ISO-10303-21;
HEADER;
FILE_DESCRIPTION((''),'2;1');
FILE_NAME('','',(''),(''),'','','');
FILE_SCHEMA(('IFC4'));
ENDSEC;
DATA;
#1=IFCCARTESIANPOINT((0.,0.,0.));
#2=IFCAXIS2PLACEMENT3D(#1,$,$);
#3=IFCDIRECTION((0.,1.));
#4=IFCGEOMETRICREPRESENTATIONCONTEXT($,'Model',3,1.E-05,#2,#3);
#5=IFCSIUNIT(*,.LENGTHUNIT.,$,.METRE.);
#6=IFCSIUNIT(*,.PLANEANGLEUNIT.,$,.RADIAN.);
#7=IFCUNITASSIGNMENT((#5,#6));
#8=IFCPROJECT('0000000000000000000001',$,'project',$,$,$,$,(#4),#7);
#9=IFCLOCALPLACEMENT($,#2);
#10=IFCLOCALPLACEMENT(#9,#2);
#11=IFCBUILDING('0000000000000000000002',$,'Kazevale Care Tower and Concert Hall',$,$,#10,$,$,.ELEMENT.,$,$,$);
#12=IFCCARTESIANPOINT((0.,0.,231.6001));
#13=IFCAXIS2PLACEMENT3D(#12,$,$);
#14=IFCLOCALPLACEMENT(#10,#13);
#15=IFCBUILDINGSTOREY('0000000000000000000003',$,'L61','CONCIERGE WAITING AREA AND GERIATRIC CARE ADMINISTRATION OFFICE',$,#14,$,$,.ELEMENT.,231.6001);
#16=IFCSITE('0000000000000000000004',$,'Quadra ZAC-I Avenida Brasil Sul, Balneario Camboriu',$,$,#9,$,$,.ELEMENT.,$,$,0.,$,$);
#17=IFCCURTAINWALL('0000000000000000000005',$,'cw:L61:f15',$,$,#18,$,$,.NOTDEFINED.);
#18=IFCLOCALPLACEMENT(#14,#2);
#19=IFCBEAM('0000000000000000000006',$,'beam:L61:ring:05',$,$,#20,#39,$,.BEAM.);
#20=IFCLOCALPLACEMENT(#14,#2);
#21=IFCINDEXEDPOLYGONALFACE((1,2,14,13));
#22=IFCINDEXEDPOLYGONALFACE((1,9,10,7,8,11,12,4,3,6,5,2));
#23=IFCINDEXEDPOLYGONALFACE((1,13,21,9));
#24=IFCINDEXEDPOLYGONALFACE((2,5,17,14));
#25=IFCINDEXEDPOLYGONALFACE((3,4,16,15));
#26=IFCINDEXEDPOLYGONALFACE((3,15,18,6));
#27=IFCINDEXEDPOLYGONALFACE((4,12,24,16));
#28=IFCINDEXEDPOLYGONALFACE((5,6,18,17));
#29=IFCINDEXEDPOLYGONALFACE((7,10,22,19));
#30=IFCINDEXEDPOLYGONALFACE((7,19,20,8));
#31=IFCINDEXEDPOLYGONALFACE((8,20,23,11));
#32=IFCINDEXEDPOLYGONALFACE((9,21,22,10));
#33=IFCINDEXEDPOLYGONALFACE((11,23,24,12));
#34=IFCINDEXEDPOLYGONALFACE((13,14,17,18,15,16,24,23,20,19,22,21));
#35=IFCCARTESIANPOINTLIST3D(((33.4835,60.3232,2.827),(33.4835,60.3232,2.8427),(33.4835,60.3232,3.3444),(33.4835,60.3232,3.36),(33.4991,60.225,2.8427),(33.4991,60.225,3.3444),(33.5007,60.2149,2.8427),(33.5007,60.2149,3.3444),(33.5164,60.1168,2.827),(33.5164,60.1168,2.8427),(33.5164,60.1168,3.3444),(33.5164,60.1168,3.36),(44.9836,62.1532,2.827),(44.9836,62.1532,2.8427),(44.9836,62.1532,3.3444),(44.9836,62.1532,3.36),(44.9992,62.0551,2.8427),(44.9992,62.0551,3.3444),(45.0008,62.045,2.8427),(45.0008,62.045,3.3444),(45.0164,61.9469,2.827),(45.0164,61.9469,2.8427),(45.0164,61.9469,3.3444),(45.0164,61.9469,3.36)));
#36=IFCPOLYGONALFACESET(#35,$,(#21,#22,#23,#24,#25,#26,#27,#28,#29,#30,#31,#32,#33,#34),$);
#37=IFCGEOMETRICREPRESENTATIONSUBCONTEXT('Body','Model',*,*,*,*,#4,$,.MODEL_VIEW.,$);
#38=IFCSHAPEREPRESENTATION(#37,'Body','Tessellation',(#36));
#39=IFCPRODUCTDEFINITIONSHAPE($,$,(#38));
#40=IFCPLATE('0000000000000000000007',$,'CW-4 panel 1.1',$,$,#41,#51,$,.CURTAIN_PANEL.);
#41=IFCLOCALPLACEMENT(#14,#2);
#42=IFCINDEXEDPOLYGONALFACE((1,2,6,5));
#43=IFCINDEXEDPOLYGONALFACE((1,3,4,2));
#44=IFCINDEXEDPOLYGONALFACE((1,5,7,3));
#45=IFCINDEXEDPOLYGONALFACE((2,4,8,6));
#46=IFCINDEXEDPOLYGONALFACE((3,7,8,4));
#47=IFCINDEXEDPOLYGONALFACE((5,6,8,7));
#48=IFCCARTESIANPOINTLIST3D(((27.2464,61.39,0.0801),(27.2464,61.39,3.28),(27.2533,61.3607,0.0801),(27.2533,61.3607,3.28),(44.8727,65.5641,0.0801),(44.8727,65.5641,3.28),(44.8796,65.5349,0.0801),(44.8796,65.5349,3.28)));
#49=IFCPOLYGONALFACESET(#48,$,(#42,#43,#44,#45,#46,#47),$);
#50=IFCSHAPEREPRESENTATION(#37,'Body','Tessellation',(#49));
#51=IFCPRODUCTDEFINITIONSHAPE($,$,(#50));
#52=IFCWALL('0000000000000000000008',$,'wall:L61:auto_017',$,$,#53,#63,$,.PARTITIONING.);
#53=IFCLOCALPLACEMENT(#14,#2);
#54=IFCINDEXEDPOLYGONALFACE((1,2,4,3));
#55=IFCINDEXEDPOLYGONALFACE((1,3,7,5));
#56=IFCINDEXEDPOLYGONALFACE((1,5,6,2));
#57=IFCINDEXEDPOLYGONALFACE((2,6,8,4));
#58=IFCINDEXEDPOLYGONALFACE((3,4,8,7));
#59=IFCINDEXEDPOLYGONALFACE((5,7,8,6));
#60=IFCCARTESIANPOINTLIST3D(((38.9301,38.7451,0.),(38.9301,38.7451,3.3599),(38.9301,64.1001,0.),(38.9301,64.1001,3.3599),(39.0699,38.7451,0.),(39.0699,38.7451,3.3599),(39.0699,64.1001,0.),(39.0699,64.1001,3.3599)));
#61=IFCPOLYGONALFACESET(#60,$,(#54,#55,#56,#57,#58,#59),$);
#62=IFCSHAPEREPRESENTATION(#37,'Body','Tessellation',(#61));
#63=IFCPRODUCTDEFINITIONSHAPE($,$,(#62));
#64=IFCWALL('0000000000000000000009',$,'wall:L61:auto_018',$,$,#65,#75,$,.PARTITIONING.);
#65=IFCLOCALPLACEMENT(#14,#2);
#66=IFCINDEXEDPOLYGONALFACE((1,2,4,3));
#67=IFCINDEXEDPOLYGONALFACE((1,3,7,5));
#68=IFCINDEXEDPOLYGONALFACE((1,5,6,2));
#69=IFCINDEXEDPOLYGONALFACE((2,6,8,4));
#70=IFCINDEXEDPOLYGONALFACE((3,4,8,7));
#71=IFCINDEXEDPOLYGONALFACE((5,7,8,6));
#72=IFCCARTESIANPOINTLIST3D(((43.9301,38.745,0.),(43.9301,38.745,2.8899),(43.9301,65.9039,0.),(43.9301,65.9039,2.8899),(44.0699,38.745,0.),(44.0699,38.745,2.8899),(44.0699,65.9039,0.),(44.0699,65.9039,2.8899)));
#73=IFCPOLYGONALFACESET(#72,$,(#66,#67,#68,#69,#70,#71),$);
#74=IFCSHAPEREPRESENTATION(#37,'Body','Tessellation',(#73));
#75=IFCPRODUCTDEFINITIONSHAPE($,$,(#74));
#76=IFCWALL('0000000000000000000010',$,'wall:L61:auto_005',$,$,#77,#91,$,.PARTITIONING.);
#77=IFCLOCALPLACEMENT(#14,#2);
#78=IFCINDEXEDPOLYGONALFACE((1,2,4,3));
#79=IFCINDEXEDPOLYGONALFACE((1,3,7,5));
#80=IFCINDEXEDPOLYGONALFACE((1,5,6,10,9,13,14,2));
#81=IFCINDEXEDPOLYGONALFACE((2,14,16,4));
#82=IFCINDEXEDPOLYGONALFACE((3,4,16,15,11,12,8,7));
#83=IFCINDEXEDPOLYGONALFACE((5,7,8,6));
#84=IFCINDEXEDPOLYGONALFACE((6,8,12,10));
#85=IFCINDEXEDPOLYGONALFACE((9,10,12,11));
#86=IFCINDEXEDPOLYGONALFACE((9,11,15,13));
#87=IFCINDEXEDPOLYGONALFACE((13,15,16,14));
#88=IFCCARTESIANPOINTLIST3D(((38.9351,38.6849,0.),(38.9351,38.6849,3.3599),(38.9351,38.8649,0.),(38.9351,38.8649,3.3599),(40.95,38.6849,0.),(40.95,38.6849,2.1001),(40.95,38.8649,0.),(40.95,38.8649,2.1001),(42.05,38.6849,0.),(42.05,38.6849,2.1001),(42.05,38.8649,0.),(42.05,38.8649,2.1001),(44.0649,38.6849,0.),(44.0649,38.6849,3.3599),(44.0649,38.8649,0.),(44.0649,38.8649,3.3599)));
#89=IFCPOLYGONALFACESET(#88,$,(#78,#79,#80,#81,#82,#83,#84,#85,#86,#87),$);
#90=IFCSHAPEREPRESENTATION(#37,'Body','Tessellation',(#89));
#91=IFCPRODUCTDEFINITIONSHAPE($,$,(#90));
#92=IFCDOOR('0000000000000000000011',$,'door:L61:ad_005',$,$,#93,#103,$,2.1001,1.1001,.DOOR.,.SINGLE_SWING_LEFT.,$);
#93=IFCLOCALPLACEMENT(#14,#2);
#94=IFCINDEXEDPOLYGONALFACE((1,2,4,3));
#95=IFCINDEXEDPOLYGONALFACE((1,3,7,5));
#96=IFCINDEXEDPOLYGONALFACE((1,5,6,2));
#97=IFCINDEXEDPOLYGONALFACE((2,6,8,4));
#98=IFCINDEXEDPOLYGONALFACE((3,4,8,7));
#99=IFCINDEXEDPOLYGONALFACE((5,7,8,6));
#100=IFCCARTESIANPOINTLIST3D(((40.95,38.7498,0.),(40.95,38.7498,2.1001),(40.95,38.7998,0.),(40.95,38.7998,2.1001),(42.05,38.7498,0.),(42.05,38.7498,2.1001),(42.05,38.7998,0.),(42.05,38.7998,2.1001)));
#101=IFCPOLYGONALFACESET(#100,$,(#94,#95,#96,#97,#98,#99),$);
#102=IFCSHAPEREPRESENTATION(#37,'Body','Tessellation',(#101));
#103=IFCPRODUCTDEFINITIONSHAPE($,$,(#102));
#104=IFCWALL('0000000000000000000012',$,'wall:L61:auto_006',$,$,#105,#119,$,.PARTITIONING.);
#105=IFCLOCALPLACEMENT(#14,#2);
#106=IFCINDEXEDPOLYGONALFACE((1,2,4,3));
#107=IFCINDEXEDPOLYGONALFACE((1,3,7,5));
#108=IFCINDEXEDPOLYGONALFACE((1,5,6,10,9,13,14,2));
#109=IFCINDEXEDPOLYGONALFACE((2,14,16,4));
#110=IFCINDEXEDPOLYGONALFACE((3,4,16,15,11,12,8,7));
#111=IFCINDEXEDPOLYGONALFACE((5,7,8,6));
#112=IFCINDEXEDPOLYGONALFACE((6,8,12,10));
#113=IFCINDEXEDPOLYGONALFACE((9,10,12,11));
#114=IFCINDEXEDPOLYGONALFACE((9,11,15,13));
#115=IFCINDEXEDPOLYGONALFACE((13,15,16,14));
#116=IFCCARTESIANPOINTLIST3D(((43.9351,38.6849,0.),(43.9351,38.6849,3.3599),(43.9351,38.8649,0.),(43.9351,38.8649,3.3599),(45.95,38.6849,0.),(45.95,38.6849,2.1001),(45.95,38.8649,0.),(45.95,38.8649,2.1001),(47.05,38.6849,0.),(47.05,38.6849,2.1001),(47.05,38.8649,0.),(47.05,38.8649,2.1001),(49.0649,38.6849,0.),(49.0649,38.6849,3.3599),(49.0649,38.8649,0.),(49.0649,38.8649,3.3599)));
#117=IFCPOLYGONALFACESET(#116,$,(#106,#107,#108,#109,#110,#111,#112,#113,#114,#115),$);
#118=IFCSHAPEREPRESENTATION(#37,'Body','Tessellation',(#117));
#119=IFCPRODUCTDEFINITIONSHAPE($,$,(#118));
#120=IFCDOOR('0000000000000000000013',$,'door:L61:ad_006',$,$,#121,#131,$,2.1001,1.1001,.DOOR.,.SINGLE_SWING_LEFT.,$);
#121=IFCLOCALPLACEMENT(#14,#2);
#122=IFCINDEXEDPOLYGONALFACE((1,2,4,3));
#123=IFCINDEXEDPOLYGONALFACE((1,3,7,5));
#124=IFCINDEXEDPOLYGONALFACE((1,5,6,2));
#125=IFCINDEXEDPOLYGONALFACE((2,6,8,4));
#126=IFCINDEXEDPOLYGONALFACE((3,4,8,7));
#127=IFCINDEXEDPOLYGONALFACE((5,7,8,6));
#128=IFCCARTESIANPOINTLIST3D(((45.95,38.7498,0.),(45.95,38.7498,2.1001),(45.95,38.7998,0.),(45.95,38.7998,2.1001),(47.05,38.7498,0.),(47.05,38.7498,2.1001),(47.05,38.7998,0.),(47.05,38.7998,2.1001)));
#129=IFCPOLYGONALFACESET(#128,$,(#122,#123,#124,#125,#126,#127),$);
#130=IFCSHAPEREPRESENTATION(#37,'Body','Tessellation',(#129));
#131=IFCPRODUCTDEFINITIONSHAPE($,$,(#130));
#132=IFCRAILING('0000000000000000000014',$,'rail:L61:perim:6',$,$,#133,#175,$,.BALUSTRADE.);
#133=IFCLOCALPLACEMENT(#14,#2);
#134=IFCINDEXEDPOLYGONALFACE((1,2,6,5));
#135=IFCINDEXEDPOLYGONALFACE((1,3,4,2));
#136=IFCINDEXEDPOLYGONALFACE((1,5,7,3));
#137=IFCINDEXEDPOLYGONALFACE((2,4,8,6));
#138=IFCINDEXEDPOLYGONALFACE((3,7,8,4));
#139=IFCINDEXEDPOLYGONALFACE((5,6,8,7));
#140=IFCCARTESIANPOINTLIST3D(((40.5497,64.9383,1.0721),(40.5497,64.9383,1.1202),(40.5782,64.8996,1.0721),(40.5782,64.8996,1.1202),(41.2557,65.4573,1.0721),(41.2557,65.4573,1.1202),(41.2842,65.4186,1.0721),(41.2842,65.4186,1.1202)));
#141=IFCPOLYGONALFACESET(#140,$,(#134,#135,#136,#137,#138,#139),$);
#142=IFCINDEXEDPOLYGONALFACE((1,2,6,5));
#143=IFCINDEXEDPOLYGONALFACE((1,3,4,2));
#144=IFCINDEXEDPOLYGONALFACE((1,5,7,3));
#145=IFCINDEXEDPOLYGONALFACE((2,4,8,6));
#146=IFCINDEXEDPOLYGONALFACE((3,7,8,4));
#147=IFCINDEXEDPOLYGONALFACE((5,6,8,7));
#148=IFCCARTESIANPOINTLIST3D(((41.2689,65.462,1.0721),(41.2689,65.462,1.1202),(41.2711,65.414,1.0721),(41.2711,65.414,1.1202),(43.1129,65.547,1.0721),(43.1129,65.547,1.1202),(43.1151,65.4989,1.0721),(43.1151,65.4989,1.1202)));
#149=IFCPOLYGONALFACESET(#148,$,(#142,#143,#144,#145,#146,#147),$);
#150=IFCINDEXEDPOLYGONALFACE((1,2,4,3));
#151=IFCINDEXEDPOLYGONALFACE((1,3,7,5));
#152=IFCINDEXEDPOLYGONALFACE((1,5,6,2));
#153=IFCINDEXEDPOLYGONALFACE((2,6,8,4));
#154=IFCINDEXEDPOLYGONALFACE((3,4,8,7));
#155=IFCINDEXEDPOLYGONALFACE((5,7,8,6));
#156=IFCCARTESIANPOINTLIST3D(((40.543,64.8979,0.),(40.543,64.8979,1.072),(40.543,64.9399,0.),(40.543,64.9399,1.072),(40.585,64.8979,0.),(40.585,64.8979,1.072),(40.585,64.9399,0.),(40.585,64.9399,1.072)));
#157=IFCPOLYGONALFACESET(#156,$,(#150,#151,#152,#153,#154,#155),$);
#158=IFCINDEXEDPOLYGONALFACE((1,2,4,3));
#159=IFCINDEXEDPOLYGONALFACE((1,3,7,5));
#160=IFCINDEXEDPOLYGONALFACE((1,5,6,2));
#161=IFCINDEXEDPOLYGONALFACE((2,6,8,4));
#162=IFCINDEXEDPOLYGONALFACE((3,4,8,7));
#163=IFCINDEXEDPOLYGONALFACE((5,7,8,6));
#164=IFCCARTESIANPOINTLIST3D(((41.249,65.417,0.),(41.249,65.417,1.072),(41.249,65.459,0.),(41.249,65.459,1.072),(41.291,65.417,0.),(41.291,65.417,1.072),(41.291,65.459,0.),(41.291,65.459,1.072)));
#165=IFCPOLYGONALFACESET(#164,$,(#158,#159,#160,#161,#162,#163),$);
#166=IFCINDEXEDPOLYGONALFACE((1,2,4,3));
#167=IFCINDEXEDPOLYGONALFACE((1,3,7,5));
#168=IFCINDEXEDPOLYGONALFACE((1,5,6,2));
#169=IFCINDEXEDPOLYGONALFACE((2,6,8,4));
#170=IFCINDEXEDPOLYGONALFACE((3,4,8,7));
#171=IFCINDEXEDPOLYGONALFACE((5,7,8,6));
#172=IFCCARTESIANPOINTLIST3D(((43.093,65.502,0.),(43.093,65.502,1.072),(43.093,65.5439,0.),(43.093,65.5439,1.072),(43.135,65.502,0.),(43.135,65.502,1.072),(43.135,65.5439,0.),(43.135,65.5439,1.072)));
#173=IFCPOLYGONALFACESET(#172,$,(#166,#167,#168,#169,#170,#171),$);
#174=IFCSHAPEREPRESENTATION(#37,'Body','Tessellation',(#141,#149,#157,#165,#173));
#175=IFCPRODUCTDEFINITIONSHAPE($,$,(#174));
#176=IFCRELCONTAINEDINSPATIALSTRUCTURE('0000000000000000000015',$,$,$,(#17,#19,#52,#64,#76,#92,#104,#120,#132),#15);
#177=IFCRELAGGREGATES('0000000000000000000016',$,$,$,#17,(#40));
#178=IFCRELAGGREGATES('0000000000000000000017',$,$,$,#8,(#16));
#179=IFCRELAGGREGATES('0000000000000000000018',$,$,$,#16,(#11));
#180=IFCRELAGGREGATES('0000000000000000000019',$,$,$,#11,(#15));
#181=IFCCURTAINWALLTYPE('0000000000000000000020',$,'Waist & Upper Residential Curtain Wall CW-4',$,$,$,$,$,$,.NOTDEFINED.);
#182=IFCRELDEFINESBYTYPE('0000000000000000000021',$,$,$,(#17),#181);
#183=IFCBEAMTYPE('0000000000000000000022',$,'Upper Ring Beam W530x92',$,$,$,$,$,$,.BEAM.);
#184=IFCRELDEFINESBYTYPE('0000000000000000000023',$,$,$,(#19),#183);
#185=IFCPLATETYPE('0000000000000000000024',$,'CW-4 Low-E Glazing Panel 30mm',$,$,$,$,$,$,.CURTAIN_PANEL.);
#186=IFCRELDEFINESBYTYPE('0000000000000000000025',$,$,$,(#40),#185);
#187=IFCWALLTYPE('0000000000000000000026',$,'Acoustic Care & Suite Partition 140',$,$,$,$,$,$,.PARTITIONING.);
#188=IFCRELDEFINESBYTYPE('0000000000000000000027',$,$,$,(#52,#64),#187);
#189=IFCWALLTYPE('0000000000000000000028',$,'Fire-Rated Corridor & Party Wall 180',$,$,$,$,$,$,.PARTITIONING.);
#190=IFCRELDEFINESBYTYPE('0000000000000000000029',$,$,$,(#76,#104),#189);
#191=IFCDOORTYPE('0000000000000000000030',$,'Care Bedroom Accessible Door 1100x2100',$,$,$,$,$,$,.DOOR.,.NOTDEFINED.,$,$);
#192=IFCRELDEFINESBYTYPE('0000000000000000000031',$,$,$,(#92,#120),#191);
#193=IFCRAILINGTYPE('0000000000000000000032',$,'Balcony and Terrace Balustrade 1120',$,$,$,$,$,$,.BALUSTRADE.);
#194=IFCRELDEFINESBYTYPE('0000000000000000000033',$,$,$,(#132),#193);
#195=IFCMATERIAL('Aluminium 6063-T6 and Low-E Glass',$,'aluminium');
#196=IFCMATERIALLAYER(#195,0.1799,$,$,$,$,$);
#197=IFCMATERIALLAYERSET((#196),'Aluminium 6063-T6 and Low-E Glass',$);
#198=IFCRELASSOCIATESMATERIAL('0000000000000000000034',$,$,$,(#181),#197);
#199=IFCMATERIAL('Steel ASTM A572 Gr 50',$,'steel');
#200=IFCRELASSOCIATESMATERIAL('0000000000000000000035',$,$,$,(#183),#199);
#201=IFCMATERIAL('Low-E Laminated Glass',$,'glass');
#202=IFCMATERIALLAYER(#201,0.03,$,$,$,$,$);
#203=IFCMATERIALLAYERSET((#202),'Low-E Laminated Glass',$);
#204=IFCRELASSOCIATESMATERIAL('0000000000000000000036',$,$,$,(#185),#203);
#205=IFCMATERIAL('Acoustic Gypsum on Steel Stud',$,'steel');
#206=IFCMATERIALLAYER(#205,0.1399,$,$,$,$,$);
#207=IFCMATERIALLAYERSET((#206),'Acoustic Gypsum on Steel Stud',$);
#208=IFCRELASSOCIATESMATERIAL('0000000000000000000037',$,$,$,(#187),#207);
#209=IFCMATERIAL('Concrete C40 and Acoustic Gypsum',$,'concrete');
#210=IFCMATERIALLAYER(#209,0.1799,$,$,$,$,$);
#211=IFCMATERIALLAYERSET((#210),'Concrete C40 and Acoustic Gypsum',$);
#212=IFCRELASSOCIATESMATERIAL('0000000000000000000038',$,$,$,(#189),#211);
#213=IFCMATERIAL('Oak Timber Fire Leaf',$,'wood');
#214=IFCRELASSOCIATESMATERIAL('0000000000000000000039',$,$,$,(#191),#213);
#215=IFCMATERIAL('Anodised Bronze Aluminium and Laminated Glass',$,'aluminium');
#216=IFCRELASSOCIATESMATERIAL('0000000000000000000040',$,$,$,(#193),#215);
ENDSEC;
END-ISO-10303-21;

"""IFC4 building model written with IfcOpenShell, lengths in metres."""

from ifc_helpers import new_model, si_unit, direction, frame, frame_2d, origin, origin_2d, place, context, subcontext, project, spatial, rectangle, i_section, extrude, material, layer, layer_set, material_profile, profile_set, type_object, element, fill, aggregate, save


model = new_model("IFC4")

# Units and contexts
model_context = context("Model", 3, precision=1e-05, world=origin(), true_north=direction((0.0, 1.0)))
body_context = subcontext(model_context, "Body", "Model", "MODEL_VIEW")
ifc_project = project(units=[si_unit("LENGTHUNIT", "METRE"), si_unit("PLANEANGLEUNIT", "RADIAN")], contexts=[model_context])

# Site, building, storey
site_placement = place(None, origin())
site = spatial("IfcSite", under=ifc_project, at=site_placement, Name="Quadra ZAC-I Avenida Brasil Sul, Balneario Camboriu", CompositionType="ELEMENT", RefElevation=0.0)
building_placement = place(site_placement, origin())
building = spatial("IfcBuilding", under=site, at=building_placement, Name="Kazevale Care Tower and Concert Hall", CompositionType="ELEMENT")
storey_placement = place(building_placement, frame((0.0, 0.0, 231.6001)))
storey = spatial("IfcBuildingStorey", under=building, at=storey_placement, Name="L61", Description="CONCIERGE WAITING AREA AND GERIATRIC CARE ADMINISTRATION OFFICE", CompositionType="ELEMENT", Elevation=231.6001)

# Shared definitions
ifc_material_1 = material(Name="Aluminium 6063-T6 and Low-E Glass", Category="aluminium")

# Curtain wall
ifc_layer_1 = layer(ifc_material_1, 0.1799)
ifc_layer_set_1 = layer_set([ifc_layer_1], Name="Aluminium 6063-T6 and Low-E Glass")
curtain_wall_type_1 = type_object("IfcCurtainWallType", Name="Waist & Upper Residential Curtain Wall CW-4", PredefinedType="NOTDEFINED", material=ifc_layer_set_1)
curtain_wall_1_placement = place(storey_placement, origin())
curtain_wall_1 = element("IfcCurtainWall", 1, at=curtain_wall_1_placement, inside=storey, type_object=curtain_wall_type_1, Name="cw:L61:f15", PredefinedType="NOTDEFINED")

# Beam
ifc_material_2 = material(Name="Steel ASTM A572 Gr 50", Category="steel")
ifc_material_profile_1 = material_profile(ifc_material_2, i_section(OverallWidth=0.209, OverallDepth=0.533, WebThickness=0.0103, FlangeThickness=0.0156, at=origin_2d()), Name="W530x92")
ifc_profile_set_1 = profile_set([ifc_material_profile_1], Name="Steel ASTM A572 Gr 50")
beam_type_1 = type_object("IfcBeamType", Name="Upper Ring Beam W530x92", PredefinedType="BEAM", material=ifc_profile_set_1)
beam_1_placement = place(storey_placement, frame((45.0, 62.05, 3.0935), z_axis=(-0.987573, -0.15716, 0.0), x_axis=(0.15716, -0.987573, 0.0)))
element("IfcBeam", 2, at=beam_1_placement, inside=storey, type_object=beam_type_1, Name="beam:L61:ring:05", PredefinedType="BEAM", context=body_context, shape_type="SweptSolid", body=[
    extrude(i_section(OverallWidth=0.209, OverallDepth=0.533, WebThickness=0.0103, FlangeThickness=0.0156, at=origin_2d()), origin(), (0.0, 0.0, 1.0), 11.6448),
])

# Plate
ifc_material_3 = material(Name="Low-E Laminated Glass", Category="glass")
ifc_layer_2 = layer(ifc_material_3, 0.03)
ifc_layer_set_2 = layer_set([ifc_layer_2], Name="Low-E Laminated Glass")
plate_type = type_object("IfcPlateType", Name="CW-4 Low-E Glazing Panel 30mm", PredefinedType="CURTAIN_PANEL", material=ifc_layer_set_2)
plate_placement = place(storey_placement, frame((36.063, 63.4624, 0.0801), z_axis=(0.0, 0.0, 1.0), x_axis=(0.973087, 0.230439, 0.0)))
plate = element("IfcPlate", 3, at=plate_placement, type_object=plate_type, Name="CW-4 panel 1.1", PredefinedType="CURTAIN_PANEL", context=body_context, shape_type="SweptSolid", body=[
    extrude(rectangle(XDim=18.1138, YDim=0.03, at=origin_2d()), origin(), (0.0, 0.0, 1.0), 3.2),
])
aggregate(curtain_wall_1, [plate])

# Walls
ifc_material_4 = material(Name="Acoustic Gypsum on Steel Stud", Category="steel")
ifc_layer_3 = layer(ifc_material_4, 0.1399)
ifc_layer_set_3 = layer_set([ifc_layer_3], Name="Acoustic Gypsum on Steel Stud")
wall_type_1 = type_object("IfcWallType", Name="Acoustic Care & Suite Partition 140", PredefinedType="PARTITIONING", material=ifc_layer_set_3)
wall_1_placement = place(storey_placement, frame((39.0, 64.1001, 0.0), z_axis=(0.0, 0.0, 1.0), x_axis=(0.0, -1.0, 0.0)))
element("IfcWall", 4, at=wall_1_placement, inside=storey, type_object=wall_type_1, Name="wall:L61:auto_017", PredefinedType="PARTITIONING", context=body_context, shape_type="SweptSolid", body=[
    extrude(rectangle(XDim=25.355, YDim=0.1399, at=frame_2d((12.6775, 0.0))), origin(), (0.0, 0.0, 1.0), 3.3599),
])
wall_2_placement = place(storey_placement, frame((44.0, 65.9041, 0.0), z_axis=(0.0, 0.0, 1.0), x_axis=(0.0, -1.0, 0.0)))
element("IfcWall", 5, at=wall_2_placement, inside=storey, type_object=wall_type_1, Name="wall:L61:auto_018", PredefinedType="PARTITIONING", context=body_context, shape_type="SweptSolid", body=[
    extrude(rectangle(XDim=27.1589, YDim=0.1399, at=frame_2d((13.5796, 0.0))), origin(), (0.0, 0.0, 1.0), 2.8899),
])

# Walls, openings, doors
ifc_material_5 = material(Name="Concrete C40 and Acoustic Gypsum", Category="concrete")
ifc_layer_4 = layer(ifc_material_5, 0.1799)
ifc_layer_set_4 = layer_set([ifc_layer_4], Name="Concrete C40 and Acoustic Gypsum")
wall_type_2 = type_object("IfcWallType", Name="Fire-Rated Corridor & Party Wall 180", PredefinedType="PARTITIONING", material=ifc_layer_set_4)
wall_3_placement = place(storey_placement, frame((38.9351, 38.7749, 0.0), z_axis=(0.0, 0.0, 1.0), x_axis=(1.0, 0.0, 0.0)))
wall_3 = element("IfcWall", 6, at=wall_3_placement, inside=storey, type_object=wall_type_2, Name="wall:L61:auto_005", PredefinedType="PARTITIONING", context=body_context, shape_type="SweptSolid", body=[
    extrude(rectangle(XDim=5.1299, YDim=0.1799, at=frame_2d((2.5649, 0.0))), origin(), (0.0, 0.0, 1.0), 3.3599),
])
opening_1_placement = place(wall_3_placement, frame((2.0149, 0.0, 0.0)))
opening_1 = element("IfcOpeningElement", 7, at=opening_1_placement, cuts=wall_3, PredefinedType="OPENING", context=body_context, shape_type="SweptSolid", body=[
    extrude(rectangle(XDim=1.1001, YDim=2.1001, at=frame_2d((0.55, 1.05))), frame((0.0, 0.0999, 0.0), z_axis=(0.0, -1.0, 0.0), x_axis=(1.0, 0.0, 0.0)), (0.0, 0.0, 1.0), 0.2),
])
ifc_material_6 = material(Name="Oak Timber Fire Leaf", Category="wood")
door_type = type_object("IfcDoorType", Name="Care Bedroom Accessible Door 1100x2100", OperationType="NOTDEFINED", PredefinedType="DOOR", material=ifc_material_6)
door_1_placement = place(opening_1_placement, origin())
door_1 = element("IfcDoor", 8, at=door_1_placement, inside=storey, type_object=door_type, Name="door:L61:ad_005", OperationType="SINGLE_SWING_LEFT", OverallHeight=2.1001, OverallWidth=1.1001, PredefinedType="DOOR", context=body_context, shape_type="SweptSolid", body=[
    extrude(rectangle(XDim=1.1001, YDim=2.1001, at=frame_2d((0.55, 1.05))), frame((0.0, 0.0249, 0.0), z_axis=(0.0, -1.0, 0.0), x_axis=(1.0, 0.0, 0.0)), (0.0, 0.0, 1.0), 0.05),
])
fill(opening_1, door_1)
wall_4_placement = place(storey_placement, frame((43.9351, 38.7749, 0.0), z_axis=(0.0, 0.0, 1.0), x_axis=(1.0, 0.0, 0.0)))
wall_4 = element("IfcWall", 9, at=wall_4_placement, inside=storey, type_object=wall_type_2, Name="wall:L61:auto_006", PredefinedType="PARTITIONING", context=body_context, shape_type="SweptSolid", body=[
    extrude(rectangle(XDim=5.1299, YDim=0.1799, at=frame_2d((2.5649, 0.0))), origin(), (0.0, 0.0, 1.0), 3.3599),
])
opening_2_placement = place(wall_4_placement, frame((2.0149, 0.0, 0.0)))
opening_2 = element("IfcOpeningElement", 10, at=opening_2_placement, cuts=wall_4, PredefinedType="OPENING", context=body_context, shape_type="SweptSolid", body=[
    extrude(rectangle(XDim=1.1001, YDim=2.1001, at=frame_2d((0.55, 1.05))), frame((0.0, 0.0999, 0.0), z_axis=(0.0, -1.0, 0.0), x_axis=(1.0, 0.0, 0.0)), (0.0, 0.0, 1.0), 0.2),
])
door_2_placement = place(opening_2_placement, origin())
door_2 = element("IfcDoor", 11, at=door_2_placement, inside=storey, type_object=door_type, Name="door:L61:ad_006", OperationType="SINGLE_SWING_LEFT", OverallHeight=2.1001, OverallWidth=1.1001, PredefinedType="DOOR", context=body_context, shape_type="SweptSolid", body=[
    extrude(rectangle(XDim=1.1001, YDim=2.1001, at=frame_2d((0.55, 1.05))), frame((0.0, 0.0249, 0.0), z_axis=(0.0, -1.0, 0.0), x_axis=(1.0, 0.0, 0.0)), (0.0, 0.0, 1.0), 0.05),
])
fill(opening_2, door_2)

# Railing
ifc_material_7 = material(Name="Anodised Bronze Aluminium and Laminated Glass", Category="aluminium")
railing_type = type_object("IfcRailingType", Name="Balcony and Terrace Balustrade 1120", PredefinedType="BALUSTRADE", material=ifc_material_7)
railing_placement = place(storey_placement, frame((40.564, 64.9189, 0.0)))
element("IfcRailing", 12, at=railing_placement, inside=storey, type_object=railing_type, Name="rail:L61:perim:6", PredefinedType="BALUSTRADE", context=body_context, shape_type="SweptSolid", body=[
    extrude(rectangle(XDim=0.0481, YDim=0.0481, at=origin_2d()), frame((0.0, 0.0, 1.0962), z_axis=(0.805714, 0.592305, 0.0), x_axis=(-0.592305, 0.805714, 0.0)), (0.0, 0.0, 1.0), 0.8762),
    extrude(rectangle(XDim=0.0481, YDim=0.0481, at=origin_2d()), frame((0.7061, 0.519, 1.0962), z_axis=(0.99894, 0.046026, 0.0), x_axis=(-0.046026, 0.99894, 0.0)), (0.0, 0.0, 1.0), 1.8459),
    extrude(rectangle(XDim=0.042, YDim=0.042, at=origin_2d()), origin(), (0.0, 0.0, 1.0), 1.072),
    extrude(rectangle(XDim=0.042, YDim=0.042, at=origin_2d()), frame((0.7061, 0.519, 0.0)), (0.0, 0.0, 1.0), 1.072),
    extrude(rectangle(XDim=0.042, YDim=0.042, at=origin_2d()), frame((2.55, 0.604, 0.0)), (0.0, 0.0, 1.0), 1.072),
])

save(model, "model.ifc")
